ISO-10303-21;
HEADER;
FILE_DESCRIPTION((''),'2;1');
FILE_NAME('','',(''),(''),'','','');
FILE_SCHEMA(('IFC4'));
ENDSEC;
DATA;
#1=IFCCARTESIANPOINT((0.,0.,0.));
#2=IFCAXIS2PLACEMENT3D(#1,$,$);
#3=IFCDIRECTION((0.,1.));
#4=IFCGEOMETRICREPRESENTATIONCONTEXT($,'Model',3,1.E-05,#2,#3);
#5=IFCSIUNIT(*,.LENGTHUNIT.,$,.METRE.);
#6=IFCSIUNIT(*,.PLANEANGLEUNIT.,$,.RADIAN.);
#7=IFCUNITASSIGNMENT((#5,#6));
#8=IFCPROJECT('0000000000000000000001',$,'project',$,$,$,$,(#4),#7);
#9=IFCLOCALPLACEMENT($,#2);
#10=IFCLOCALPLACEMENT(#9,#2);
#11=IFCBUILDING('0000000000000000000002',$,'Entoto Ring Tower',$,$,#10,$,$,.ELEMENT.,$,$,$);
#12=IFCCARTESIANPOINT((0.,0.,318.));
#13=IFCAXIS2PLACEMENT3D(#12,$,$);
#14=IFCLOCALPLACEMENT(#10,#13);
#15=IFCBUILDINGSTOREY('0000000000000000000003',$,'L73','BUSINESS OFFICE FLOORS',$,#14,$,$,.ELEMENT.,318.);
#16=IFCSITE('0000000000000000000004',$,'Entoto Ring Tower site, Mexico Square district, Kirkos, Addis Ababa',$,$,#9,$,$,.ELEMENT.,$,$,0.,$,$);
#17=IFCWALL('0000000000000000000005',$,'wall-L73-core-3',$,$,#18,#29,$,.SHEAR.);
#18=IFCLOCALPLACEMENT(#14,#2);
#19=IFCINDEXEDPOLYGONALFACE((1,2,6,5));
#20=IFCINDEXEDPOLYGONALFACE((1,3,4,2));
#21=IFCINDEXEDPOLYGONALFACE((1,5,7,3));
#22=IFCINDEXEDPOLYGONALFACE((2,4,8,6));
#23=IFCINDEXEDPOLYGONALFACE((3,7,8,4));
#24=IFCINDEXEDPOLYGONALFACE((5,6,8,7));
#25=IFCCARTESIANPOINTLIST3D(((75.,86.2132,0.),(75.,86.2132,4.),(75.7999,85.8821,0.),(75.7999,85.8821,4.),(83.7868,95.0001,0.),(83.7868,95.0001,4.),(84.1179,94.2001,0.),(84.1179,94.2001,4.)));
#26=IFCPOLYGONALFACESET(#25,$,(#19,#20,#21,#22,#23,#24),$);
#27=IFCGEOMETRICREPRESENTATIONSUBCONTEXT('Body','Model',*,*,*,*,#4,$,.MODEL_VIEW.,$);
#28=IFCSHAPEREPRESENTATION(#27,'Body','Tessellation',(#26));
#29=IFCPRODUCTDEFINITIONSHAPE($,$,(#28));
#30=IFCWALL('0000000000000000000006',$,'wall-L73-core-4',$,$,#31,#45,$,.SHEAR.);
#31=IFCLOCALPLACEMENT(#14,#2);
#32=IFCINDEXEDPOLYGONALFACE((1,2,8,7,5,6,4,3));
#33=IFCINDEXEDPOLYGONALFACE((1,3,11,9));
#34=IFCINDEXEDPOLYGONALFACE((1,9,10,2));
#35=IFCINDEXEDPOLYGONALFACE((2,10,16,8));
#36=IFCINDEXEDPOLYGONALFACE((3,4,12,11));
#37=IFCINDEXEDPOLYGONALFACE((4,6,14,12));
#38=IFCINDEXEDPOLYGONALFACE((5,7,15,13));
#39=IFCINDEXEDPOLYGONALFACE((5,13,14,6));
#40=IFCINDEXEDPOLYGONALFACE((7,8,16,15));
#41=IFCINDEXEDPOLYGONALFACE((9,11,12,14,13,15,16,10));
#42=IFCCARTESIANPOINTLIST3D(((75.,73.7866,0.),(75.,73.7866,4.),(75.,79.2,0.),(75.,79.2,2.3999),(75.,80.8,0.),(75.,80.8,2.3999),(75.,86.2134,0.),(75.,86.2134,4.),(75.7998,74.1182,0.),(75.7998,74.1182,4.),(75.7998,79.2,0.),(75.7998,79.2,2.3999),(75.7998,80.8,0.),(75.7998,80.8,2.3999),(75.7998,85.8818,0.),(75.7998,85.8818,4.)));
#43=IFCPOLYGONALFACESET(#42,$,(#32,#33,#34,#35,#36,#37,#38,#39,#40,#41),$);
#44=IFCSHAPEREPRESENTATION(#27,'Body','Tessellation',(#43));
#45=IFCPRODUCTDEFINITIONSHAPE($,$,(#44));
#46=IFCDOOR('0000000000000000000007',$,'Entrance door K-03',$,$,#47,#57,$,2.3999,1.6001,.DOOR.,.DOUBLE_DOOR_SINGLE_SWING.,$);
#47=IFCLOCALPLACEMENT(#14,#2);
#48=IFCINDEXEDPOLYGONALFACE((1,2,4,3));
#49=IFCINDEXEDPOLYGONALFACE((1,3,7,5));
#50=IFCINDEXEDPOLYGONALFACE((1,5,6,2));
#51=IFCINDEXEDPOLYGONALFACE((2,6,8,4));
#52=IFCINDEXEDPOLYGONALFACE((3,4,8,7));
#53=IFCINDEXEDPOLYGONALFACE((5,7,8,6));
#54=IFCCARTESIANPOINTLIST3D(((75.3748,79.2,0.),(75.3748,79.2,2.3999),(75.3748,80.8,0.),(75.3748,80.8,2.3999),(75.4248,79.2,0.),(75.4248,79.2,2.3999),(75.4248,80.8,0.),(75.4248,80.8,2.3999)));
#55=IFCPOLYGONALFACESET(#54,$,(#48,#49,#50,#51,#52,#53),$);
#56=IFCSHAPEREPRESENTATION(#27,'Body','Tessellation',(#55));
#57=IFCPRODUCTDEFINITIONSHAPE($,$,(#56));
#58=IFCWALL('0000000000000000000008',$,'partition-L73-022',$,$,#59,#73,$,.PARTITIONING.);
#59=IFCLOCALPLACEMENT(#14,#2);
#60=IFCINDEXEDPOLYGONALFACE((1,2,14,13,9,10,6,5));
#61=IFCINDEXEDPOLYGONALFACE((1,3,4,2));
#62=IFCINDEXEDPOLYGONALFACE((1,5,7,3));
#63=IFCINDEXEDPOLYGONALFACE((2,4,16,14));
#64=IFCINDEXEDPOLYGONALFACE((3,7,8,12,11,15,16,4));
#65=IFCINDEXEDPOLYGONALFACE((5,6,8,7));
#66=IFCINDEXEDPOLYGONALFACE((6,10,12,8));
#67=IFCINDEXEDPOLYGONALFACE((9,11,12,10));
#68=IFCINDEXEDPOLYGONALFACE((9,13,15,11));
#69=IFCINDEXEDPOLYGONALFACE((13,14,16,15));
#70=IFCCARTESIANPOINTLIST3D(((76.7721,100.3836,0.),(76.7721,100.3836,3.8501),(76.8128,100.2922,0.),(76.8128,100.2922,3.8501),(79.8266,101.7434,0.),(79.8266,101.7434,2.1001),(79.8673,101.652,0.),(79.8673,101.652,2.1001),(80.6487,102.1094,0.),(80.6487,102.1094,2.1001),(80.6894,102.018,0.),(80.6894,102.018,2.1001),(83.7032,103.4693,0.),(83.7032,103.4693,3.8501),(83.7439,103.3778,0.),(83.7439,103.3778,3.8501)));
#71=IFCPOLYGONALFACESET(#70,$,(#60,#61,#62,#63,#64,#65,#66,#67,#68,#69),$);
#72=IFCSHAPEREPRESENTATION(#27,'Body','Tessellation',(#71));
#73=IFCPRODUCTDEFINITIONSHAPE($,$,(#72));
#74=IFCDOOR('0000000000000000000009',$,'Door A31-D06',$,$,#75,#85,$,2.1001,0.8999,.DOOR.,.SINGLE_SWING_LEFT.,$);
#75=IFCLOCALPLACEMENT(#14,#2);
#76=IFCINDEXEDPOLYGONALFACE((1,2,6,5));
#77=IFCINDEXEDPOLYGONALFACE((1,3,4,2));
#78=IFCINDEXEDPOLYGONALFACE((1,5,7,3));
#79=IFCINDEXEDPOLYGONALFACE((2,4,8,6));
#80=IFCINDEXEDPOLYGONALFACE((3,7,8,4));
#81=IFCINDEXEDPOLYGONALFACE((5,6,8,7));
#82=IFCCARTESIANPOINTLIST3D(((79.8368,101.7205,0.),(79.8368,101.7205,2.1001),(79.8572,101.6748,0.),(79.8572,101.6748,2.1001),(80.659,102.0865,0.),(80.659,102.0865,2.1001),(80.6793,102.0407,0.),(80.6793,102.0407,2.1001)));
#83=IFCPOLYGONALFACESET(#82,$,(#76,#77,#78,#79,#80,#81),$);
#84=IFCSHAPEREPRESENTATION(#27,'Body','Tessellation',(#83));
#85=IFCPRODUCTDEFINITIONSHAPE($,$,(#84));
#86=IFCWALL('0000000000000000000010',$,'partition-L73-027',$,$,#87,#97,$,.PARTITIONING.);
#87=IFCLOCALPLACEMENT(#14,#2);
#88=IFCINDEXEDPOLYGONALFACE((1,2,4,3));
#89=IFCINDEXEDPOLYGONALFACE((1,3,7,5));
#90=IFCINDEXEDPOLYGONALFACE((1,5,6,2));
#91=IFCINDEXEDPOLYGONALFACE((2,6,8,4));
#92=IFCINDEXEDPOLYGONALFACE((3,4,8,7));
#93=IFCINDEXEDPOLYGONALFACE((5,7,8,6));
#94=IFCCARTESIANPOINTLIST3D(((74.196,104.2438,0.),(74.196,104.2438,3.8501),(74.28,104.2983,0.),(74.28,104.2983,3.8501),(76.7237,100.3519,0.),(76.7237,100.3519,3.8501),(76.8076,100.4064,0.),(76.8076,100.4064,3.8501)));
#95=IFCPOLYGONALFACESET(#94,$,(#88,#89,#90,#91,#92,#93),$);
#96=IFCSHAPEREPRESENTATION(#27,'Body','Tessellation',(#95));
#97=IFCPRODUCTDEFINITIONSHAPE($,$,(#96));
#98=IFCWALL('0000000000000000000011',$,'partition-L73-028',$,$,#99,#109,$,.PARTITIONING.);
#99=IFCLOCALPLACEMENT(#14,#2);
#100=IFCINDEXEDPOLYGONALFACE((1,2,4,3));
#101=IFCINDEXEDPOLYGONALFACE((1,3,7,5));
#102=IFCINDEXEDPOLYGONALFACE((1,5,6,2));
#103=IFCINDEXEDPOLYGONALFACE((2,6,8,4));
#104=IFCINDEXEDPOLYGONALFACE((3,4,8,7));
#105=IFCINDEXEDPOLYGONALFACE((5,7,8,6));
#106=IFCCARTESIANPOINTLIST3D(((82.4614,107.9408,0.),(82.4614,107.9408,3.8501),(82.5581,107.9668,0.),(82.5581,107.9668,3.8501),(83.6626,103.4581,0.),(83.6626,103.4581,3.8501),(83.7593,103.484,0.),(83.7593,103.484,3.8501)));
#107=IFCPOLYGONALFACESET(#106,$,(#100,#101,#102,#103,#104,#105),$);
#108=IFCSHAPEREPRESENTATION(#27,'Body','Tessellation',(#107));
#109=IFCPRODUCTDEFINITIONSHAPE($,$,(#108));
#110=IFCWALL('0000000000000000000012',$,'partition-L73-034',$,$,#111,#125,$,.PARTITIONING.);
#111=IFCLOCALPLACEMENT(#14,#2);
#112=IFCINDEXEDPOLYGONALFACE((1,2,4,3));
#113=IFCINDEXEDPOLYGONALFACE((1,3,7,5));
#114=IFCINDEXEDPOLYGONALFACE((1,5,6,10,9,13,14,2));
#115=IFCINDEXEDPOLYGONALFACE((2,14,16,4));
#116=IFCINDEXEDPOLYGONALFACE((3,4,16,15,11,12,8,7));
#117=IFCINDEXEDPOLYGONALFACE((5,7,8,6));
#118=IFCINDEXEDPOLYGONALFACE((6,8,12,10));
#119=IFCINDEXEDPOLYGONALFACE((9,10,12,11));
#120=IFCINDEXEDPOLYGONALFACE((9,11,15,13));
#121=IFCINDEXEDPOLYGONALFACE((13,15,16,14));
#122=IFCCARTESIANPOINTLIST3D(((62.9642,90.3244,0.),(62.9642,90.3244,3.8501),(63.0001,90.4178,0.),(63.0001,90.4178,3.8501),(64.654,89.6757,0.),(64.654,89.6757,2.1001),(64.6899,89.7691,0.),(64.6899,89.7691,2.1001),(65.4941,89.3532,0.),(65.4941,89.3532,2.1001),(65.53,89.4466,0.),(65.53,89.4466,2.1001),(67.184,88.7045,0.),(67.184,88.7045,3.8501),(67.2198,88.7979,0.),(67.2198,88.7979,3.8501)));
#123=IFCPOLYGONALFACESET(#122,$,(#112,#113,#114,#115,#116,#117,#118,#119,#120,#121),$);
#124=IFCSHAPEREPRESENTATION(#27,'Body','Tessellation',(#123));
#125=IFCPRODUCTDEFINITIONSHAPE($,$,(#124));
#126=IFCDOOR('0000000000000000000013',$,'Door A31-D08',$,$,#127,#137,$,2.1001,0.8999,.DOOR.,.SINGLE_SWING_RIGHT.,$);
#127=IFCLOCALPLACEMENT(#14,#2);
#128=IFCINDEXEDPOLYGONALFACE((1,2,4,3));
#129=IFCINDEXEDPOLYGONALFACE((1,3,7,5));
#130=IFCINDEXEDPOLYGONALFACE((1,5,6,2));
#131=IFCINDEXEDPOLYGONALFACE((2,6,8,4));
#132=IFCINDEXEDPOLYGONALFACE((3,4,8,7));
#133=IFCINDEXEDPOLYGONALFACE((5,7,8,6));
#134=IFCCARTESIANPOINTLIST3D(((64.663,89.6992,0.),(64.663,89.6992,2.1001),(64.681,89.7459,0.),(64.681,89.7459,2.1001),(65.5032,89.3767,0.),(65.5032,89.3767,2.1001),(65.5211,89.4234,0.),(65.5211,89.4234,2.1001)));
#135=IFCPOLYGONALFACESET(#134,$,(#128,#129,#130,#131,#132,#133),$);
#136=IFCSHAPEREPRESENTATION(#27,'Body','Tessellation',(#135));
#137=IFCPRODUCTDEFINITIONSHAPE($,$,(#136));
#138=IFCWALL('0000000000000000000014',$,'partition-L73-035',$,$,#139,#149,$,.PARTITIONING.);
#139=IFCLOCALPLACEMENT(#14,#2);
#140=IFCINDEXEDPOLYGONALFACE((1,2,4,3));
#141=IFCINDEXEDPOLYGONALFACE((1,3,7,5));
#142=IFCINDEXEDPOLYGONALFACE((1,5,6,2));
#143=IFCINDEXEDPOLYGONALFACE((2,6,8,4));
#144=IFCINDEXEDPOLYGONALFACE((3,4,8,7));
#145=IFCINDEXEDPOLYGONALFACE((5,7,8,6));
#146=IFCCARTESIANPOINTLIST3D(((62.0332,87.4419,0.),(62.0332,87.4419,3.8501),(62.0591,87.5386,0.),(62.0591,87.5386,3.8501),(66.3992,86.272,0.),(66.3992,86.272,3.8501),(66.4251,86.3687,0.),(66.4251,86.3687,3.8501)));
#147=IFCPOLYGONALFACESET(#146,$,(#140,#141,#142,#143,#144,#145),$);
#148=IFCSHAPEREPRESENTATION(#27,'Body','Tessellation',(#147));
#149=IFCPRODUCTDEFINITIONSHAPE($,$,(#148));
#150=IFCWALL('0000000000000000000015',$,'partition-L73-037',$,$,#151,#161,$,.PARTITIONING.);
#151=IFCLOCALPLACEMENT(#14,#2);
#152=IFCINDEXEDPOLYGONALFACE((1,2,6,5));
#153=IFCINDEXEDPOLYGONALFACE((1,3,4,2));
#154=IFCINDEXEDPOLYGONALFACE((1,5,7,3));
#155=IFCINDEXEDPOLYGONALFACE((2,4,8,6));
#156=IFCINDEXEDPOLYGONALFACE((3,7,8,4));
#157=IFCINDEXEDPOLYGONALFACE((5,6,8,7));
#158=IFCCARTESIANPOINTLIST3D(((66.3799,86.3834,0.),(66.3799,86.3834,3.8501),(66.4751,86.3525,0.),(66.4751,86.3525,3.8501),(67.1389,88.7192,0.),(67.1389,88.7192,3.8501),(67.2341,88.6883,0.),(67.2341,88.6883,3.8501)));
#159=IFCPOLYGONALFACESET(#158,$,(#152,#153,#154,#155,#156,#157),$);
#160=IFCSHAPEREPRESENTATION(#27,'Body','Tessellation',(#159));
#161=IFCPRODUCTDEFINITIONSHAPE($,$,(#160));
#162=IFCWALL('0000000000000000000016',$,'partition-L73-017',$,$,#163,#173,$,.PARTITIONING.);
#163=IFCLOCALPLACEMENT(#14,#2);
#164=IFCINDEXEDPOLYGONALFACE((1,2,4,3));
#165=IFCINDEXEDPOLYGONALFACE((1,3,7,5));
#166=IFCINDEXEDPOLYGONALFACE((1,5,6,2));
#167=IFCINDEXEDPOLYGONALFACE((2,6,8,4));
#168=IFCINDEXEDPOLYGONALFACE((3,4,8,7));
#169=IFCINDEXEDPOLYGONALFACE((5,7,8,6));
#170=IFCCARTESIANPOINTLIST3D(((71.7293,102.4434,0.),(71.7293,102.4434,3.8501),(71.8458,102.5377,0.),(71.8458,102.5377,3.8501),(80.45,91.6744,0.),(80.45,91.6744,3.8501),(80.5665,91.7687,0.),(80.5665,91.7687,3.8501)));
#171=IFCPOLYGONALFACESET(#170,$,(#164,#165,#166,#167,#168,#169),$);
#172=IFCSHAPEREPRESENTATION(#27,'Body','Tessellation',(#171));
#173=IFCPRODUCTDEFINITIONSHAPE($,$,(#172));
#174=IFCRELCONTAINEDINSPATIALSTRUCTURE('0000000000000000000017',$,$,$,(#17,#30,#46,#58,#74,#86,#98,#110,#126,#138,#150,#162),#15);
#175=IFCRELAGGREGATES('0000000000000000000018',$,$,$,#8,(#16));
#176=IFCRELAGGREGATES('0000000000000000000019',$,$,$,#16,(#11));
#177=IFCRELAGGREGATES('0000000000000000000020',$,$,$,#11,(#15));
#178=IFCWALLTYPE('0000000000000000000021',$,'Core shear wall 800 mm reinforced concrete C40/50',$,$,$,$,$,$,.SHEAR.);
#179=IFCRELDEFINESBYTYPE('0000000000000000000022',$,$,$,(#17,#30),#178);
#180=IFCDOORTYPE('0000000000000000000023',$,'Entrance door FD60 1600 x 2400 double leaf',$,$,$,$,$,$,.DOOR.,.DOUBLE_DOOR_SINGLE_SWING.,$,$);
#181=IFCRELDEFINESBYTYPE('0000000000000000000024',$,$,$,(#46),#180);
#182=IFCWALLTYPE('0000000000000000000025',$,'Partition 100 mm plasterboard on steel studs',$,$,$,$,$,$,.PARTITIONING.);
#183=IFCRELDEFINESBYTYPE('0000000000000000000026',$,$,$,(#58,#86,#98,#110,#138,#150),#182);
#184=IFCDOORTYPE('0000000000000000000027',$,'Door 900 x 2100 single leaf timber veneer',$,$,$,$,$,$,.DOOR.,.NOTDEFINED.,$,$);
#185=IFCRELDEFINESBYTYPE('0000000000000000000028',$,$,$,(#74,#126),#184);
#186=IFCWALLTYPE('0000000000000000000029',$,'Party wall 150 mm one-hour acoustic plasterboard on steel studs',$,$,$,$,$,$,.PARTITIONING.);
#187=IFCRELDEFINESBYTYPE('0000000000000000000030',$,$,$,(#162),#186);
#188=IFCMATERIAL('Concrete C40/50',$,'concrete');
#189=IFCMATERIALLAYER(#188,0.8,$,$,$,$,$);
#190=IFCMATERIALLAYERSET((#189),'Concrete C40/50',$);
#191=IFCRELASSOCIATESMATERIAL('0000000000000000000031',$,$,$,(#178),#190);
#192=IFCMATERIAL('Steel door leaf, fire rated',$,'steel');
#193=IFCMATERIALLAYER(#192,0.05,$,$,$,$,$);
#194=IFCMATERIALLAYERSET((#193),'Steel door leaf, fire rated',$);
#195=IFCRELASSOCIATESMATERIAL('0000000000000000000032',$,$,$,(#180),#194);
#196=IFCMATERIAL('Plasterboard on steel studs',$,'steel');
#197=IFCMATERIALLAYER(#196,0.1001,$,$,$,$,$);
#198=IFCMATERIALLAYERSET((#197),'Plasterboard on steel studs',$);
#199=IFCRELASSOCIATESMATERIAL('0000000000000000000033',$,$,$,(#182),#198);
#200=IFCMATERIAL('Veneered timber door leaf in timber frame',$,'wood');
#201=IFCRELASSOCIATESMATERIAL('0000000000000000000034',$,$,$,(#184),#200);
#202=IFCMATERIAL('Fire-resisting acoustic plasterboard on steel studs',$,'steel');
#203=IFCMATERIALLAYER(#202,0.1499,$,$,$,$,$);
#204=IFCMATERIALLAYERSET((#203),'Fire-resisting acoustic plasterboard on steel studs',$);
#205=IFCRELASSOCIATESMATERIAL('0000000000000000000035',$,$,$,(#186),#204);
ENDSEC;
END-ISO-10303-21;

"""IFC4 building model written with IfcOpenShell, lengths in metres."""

from ifc_helpers import new_model, si_unit, direction, frame, frame_2d, origin, place, context, subcontext, project, spatial, polyline, rectangle, outline, extrude, material, layer, layer_set, type_object, element, fill, save


model = new_model("IFC4")

# Units and contexts
model_context = context("Model", 3, precision=1e-05, world=origin(), true_north=direction((0.0, 1.0)))
body_context = subcontext(model_context, "Body", "Model", "MODEL_VIEW")
ifc_project = project(units=[si_unit("LENGTHUNIT", "METRE"), si_unit("PLANEANGLEUNIT", "RADIAN")], contexts=[model_context])

# Site, building, storey
site_placement = place(None, origin())
site = spatial("IfcSite", under=ifc_project, at=site_placement, Name="Entoto Ring Tower site, Mexico Square district, Kirkos, Addis Ababa", CompositionType="ELEMENT", RefElevation=0.0)
building_placement = place(site_placement, origin())
building = spatial("IfcBuilding", under=site, at=building_placement, Name="Entoto Ring Tower", CompositionType="ELEMENT")
storey_placement = place(building_placement, frame((0.0, 0.0, 318.0)))
storey = spatial("IfcBuildingStorey", under=building, at=storey_placement, Name="L73", Description="BUSINESS OFFICE FLOORS", CompositionType="ELEMENT", Elevation=318.0)

# Wall
ifc_material_1 = material(Name="Concrete C40/50", Category="concrete")
ifc_layer_1 = layer(ifc_material_1, 0.8)
ifc_layer_set_1 = layer_set([ifc_layer_1], Name="Concrete C40/50")
wall_type_1 = type_object("IfcWallType", Name="Core shear wall 800 mm reinforced concrete C40/50", PredefinedType="SHEAR", material=ifc_layer_set_1)
wall_1_placement = place(storey_placement, frame((83.9524, 94.6001, 0.0), z_axis=(0.0, 0.0, 1.0), x_axis=(-0.707107, -0.707107, 0.0)))
element("IfcWall", 1, at=wall_1_placement, inside=storey, type_object=wall_type_1, Name="wall-L73-core-3", PredefinedType="SHEAR", context=body_context, shape_type="SweptSolid", body=[
    extrude(outline(polyline([(-0.1658, -0.3999), (12.2607, -0.3999), (11.9292, 0.3999), (0.1658, 0.3999), (-0.1658, -0.3999)])), origin(), (0.0, 0.0, 1.0), 4.0),
])

# Walls, openings, doors
wall_2_placement = place(storey_placement, frame((75.3999, 86.0476, 0.0), z_axis=(0.0, 0.0, 1.0), x_axis=(0.0, -1.0, 0.0)))
wall_2 = element("IfcWall", 2, at=wall_2_placement, inside=storey, type_object=wall_type_1, Name="wall-L73-core-4", PredefinedType="SHEAR", context=body_context, shape_type="SweptSolid", body=[
    extrude(outline(polyline([(-0.1658, -0.3999), (12.261, -0.3999), (11.9294, 0.3999), (0.1658, 0.3999), (-0.1658, -0.3999)])), origin(), (0.0, 0.0, 1.0), 4.0),
])
opening_1_placement = place(wall_2_placement, frame((5.2476, 0.0, 0.0)))
opening_1 = element("IfcOpeningElement", 3, at=opening_1_placement, cuts=wall_2, PredefinedType="OPENING", context=body_context, shape_type="SweptSolid", body=[
    extrude(rectangle(XDim=1.6001, YDim=2.3999, at=frame_2d((0.8, 1.2))), frame((0.0, 0.4102, 0.0), z_axis=(0.0, -1.0, 0.0), x_axis=(1.0, 0.0, 0.0)), (0.0, 0.0, 1.0), 0.8201),
])
ifc_material_2 = material(Name="Steel door leaf, fire rated", Category="steel")
ifc_layer_2 = layer(ifc_material_2, 0.05)
ifc_layer_set_2 = layer_set([ifc_layer_2], Name="Steel door leaf, fire rated")
door_type_1 = type_object("IfcDoorType", Name="Entrance door FD60 1600 x 2400 double leaf", OperationType="DOUBLE_DOOR_SINGLE_SWING", PredefinedType="DOOR", material=ifc_layer_set_2)
door_1_placement = place(opening_1_placement, origin())
door_1 = element("IfcDoor", 4, at=door_1_placement, inside=storey, type_object=door_type_1, Name="Entrance door K-03", OperationType="DOUBLE_DOOR_SINGLE_SWING", OverallHeight=2.3999, OverallWidth=1.6001, PredefinedType="DOOR", context=body_context, shape_type="SweptSolid", body=[
    extrude(rectangle(XDim=1.6001, YDim=2.3999, at=frame_2d((0.8, 1.2))), frame((0.0, 0.0249, 0.0), z_axis=(0.0, -1.0, 0.0), x_axis=(1.0, 0.0, 0.0)), (0.0, 0.0, 1.0), 0.05),
])
fill(opening_1, door_1)
ifc_material_3 = material(Name="Plasterboard on steel studs", Category="steel")
ifc_layer_3 = layer(ifc_material_3, 0.1001)
ifc_layer_set_3 = layer_set([ifc_layer_3], Name="Plasterboard on steel studs")
wall_type_2 = type_object("IfcWallType", Name="Partition 100 mm plasterboard on steel studs", PredefinedType="PARTITIONING", material=ifc_layer_set_3)
wall_3_placement = place(storey_placement, frame((76.7925, 100.3379, 0.0), z_axis=(0.0, 0.0, 1.0), x_axis=(0.913558, 0.406709, 0.0)))
wall_3 = element("IfcWall", 5, at=wall_3_placement, inside=storey, type_object=wall_type_2, Name="partition-L73-022", PredefinedType="PARTITIONING", context=body_context, shape_type="SweptSolid", body=[
    extrude(rectangle(XDim=7.5869, YDim=0.1001, at=frame_2d((3.7935, 0.0))), origin(), (0.0, 0.0, 1.0), 3.8501),
])
opening_2_placement = place(wall_3_placement, frame((3.3435, 0.0, 0.0)))
opening_2 = element("IfcOpeningElement", 6, at=opening_2_placement, cuts=wall_3, PredefinedType="OPENING", context=body_context, shape_type="SweptSolid", body=[
    extrude(rectangle(XDim=0.8999, YDim=2.1001, at=frame_2d((0.45, 1.05))), frame((0.0, 0.0601, 0.0), z_axis=(0.0, -1.0, 0.0), x_axis=(1.0, 0.0, 0.0)), (0.0, 0.0, 1.0), 0.1201),
])
ifc_material_4 = material(Name="Veneered timber door leaf in timber frame", Category="wood")
door_type_2 = type_object("IfcDoorType", Name="Door 900 x 2100 single leaf timber veneer", OperationType="NOTDEFINED", PredefinedType="DOOR", material=ifc_material_4)
door_2_placement = place(opening_2_placement, origin())
door_2 = element("IfcDoor", 7, at=door_2_placement, inside=storey, type_object=door_type_2, Name="Door A31-D06", OperationType="SINGLE_SWING_LEFT", OverallHeight=2.1001, OverallWidth=0.8999, PredefinedType="DOOR", context=body_context, shape_type="SweptSolid", body=[
    extrude(rectangle(XDim=0.8999, YDim=2.1001, at=frame_2d((0.45, 1.05))), frame((0.0, 0.0249, 0.0), z_axis=(0.0, -1.0, 0.0), x_axis=(1.0, 0.0, 0.0)), (0.0, 0.0, 1.0), 0.05),
])
fill(opening_2, door_2)

# Walls
wall_4_placement = place(storey_placement, frame((76.7656, 100.3792, 0.0), z_axis=(0.0, 0.0, 1.0), x_axis=(-0.544668, 0.838651, 0.0)))
element("IfcWall", 8, at=wall_4_placement, inside=storey, type_object=wall_type_2, Name="partition-L73-027", PredefinedType="PARTITIONING", context=body_context, shape_type="SweptSolid", body=[
    extrude(rectangle(XDim=4.6406, YDim=0.1001, at=frame_2d((2.3203, 0.0))), origin(), (0.0, 0.0, 1.0), 3.8501),
])
wall_5_placement = place(storey_placement, frame((83.7109, 103.4712, 0.0), z_axis=(0.0, 0.0, 1.0), x_axis=(-0.258828, 0.965923, 0.0)))
element("IfcWall", 9, at=wall_5_placement, inside=storey, type_object=wall_type_2, Name="partition-L73-028", PredefinedType="PARTITIONING", context=body_context, shape_type="SweptSolid", body=[
    extrude(rectangle(XDim=4.6409, YDim=0.1001, at=frame_2d((2.3203, 0.0))), origin(), (0.0, 0.0, 1.0), 3.8501),
])

# Wall, opening, door
wall_6_placement = place(storey_placement, frame((67.2019, 88.7512, 0.0), z_axis=(0.0, 0.0, 1.0), x_axis=(-0.933575, 0.358382, 0.0)))
wall_6 = element("IfcWall", 10, at=wall_6_placement, inside=storey, type_object=wall_type_2, Name="partition-L73-034", PredefinedType="PARTITIONING", context=body_context, shape_type="SweptSolid", body=[
    extrude(rectangle(XDim=4.52, YDim=0.1001, at=frame_2d((2.26, 0.0))), origin(), (0.0, 0.0, 1.0), 3.8501),
])
opening_3_placement = place(wall_6_placement, frame((1.8101, 0.0, 0.0)))
opening_3 = element("IfcOpeningElement", 11, at=opening_3_placement, cuts=wall_6, PredefinedType="OPENING", context=body_context, shape_type="SweptSolid", body=[
    extrude(rectangle(XDim=0.8999, YDim=2.1001, at=frame_2d((0.45, 1.05))), frame((0.0, 0.0601, 0.0), z_axis=(0.0, -1.0, 0.0), x_axis=(1.0, 0.0, 0.0)), (0.0, 0.0, 1.0), 0.1201),
])
door_3_placement = place(opening_3_placement, origin())
door_3 = element("IfcDoor", 12, at=door_3_placement, inside=storey, type_object=door_type_2, Name="Door A31-D08", OperationType="SINGLE_SWING_RIGHT", OverallHeight=2.1001, OverallWidth=0.8999, PredefinedType="DOOR", context=body_context, shape_type="SweptSolid", body=[
    extrude(rectangle(XDim=0.8999, YDim=2.1001, at=frame_2d((0.45, 1.05))), frame((0.0, 0.0249, 0.0), z_axis=(0.0, -1.0, 0.0), x_axis=(1.0, 0.0, 0.0)), (0.0, 0.0, 1.0), 0.05),
])
fill(opening_3, door_3)

# Walls
wall_7_placement = place(storey_placement, frame((66.4121, 86.3203, 0.0), z_axis=(0.0, 0.0, 1.0), x_axis=(-0.965922, 0.258832, 0.0)))
element("IfcWall", 13, at=wall_7_placement, inside=storey, type_object=wall_type_2, Name="partition-L73-035", PredefinedType="PARTITIONING", context=body_context, shape_type="SweptSolid", body=[
    extrude(rectangle(XDim=4.52, YDim=0.1001, at=frame_2d((2.26, 0.0))), origin(), (0.0, 0.0, 1.0), 3.8501),
])
wall_8_placement = place(storey_placement, frame((66.4275, 86.3679, 0.0), z_axis=(0.0, 0.0, 1.0), x_axis=(0.309032, 0.951052, 0.0)))
element("IfcWall", 14, at=wall_8_placement, inside=storey, type_object=wall_type_2, Name="partition-L73-037", PredefinedType="PARTITIONING", context=body_context, shape_type="SweptSolid", body=[
    extrude(rectangle(XDim=2.4561, YDim=0.1001, at=frame_2d((1.228, 0.0))), origin(), (0.0, 0.0, 1.0), 3.8501),
])
ifc_material_5 = material(Name="Fire-resisting acoustic plasterboard on steel studs", Category="steel")
ifc_layer_4 = layer(ifc_material_5, 0.1499)
ifc_layer_set_4 = layer_set([ifc_layer_4], Name="Fire-resisting acoustic plasterboard on steel studs")
wall_type_3 = type_object("IfcWallType", Name="Party wall 150 mm one-hour acoustic plasterboard on steel studs", PredefinedType="PARTITIONING", material=ifc_layer_set_4)
wall_9_placement = place(storey_placement, frame((80.5083, 91.7214, 0.0), z_axis=(0.0, 0.0, 1.0), x_axis=(-0.629325, 0.777142, 0.0)))
element("IfcWall", 15, at=wall_9_placement, inside=storey, type_object=wall_type_3, Name="partition-L73-017", PredefinedType="PARTITIONING", context=body_context, shape_type="SweptSolid", body=[
    extrude(rectangle(XDim=13.8572, YDim=0.1499, at=frame_2d((6.9287, 0.0))), origin(), (0.0, 0.0, 1.0), 3.8501),
])

save(model, "model.ifc")
